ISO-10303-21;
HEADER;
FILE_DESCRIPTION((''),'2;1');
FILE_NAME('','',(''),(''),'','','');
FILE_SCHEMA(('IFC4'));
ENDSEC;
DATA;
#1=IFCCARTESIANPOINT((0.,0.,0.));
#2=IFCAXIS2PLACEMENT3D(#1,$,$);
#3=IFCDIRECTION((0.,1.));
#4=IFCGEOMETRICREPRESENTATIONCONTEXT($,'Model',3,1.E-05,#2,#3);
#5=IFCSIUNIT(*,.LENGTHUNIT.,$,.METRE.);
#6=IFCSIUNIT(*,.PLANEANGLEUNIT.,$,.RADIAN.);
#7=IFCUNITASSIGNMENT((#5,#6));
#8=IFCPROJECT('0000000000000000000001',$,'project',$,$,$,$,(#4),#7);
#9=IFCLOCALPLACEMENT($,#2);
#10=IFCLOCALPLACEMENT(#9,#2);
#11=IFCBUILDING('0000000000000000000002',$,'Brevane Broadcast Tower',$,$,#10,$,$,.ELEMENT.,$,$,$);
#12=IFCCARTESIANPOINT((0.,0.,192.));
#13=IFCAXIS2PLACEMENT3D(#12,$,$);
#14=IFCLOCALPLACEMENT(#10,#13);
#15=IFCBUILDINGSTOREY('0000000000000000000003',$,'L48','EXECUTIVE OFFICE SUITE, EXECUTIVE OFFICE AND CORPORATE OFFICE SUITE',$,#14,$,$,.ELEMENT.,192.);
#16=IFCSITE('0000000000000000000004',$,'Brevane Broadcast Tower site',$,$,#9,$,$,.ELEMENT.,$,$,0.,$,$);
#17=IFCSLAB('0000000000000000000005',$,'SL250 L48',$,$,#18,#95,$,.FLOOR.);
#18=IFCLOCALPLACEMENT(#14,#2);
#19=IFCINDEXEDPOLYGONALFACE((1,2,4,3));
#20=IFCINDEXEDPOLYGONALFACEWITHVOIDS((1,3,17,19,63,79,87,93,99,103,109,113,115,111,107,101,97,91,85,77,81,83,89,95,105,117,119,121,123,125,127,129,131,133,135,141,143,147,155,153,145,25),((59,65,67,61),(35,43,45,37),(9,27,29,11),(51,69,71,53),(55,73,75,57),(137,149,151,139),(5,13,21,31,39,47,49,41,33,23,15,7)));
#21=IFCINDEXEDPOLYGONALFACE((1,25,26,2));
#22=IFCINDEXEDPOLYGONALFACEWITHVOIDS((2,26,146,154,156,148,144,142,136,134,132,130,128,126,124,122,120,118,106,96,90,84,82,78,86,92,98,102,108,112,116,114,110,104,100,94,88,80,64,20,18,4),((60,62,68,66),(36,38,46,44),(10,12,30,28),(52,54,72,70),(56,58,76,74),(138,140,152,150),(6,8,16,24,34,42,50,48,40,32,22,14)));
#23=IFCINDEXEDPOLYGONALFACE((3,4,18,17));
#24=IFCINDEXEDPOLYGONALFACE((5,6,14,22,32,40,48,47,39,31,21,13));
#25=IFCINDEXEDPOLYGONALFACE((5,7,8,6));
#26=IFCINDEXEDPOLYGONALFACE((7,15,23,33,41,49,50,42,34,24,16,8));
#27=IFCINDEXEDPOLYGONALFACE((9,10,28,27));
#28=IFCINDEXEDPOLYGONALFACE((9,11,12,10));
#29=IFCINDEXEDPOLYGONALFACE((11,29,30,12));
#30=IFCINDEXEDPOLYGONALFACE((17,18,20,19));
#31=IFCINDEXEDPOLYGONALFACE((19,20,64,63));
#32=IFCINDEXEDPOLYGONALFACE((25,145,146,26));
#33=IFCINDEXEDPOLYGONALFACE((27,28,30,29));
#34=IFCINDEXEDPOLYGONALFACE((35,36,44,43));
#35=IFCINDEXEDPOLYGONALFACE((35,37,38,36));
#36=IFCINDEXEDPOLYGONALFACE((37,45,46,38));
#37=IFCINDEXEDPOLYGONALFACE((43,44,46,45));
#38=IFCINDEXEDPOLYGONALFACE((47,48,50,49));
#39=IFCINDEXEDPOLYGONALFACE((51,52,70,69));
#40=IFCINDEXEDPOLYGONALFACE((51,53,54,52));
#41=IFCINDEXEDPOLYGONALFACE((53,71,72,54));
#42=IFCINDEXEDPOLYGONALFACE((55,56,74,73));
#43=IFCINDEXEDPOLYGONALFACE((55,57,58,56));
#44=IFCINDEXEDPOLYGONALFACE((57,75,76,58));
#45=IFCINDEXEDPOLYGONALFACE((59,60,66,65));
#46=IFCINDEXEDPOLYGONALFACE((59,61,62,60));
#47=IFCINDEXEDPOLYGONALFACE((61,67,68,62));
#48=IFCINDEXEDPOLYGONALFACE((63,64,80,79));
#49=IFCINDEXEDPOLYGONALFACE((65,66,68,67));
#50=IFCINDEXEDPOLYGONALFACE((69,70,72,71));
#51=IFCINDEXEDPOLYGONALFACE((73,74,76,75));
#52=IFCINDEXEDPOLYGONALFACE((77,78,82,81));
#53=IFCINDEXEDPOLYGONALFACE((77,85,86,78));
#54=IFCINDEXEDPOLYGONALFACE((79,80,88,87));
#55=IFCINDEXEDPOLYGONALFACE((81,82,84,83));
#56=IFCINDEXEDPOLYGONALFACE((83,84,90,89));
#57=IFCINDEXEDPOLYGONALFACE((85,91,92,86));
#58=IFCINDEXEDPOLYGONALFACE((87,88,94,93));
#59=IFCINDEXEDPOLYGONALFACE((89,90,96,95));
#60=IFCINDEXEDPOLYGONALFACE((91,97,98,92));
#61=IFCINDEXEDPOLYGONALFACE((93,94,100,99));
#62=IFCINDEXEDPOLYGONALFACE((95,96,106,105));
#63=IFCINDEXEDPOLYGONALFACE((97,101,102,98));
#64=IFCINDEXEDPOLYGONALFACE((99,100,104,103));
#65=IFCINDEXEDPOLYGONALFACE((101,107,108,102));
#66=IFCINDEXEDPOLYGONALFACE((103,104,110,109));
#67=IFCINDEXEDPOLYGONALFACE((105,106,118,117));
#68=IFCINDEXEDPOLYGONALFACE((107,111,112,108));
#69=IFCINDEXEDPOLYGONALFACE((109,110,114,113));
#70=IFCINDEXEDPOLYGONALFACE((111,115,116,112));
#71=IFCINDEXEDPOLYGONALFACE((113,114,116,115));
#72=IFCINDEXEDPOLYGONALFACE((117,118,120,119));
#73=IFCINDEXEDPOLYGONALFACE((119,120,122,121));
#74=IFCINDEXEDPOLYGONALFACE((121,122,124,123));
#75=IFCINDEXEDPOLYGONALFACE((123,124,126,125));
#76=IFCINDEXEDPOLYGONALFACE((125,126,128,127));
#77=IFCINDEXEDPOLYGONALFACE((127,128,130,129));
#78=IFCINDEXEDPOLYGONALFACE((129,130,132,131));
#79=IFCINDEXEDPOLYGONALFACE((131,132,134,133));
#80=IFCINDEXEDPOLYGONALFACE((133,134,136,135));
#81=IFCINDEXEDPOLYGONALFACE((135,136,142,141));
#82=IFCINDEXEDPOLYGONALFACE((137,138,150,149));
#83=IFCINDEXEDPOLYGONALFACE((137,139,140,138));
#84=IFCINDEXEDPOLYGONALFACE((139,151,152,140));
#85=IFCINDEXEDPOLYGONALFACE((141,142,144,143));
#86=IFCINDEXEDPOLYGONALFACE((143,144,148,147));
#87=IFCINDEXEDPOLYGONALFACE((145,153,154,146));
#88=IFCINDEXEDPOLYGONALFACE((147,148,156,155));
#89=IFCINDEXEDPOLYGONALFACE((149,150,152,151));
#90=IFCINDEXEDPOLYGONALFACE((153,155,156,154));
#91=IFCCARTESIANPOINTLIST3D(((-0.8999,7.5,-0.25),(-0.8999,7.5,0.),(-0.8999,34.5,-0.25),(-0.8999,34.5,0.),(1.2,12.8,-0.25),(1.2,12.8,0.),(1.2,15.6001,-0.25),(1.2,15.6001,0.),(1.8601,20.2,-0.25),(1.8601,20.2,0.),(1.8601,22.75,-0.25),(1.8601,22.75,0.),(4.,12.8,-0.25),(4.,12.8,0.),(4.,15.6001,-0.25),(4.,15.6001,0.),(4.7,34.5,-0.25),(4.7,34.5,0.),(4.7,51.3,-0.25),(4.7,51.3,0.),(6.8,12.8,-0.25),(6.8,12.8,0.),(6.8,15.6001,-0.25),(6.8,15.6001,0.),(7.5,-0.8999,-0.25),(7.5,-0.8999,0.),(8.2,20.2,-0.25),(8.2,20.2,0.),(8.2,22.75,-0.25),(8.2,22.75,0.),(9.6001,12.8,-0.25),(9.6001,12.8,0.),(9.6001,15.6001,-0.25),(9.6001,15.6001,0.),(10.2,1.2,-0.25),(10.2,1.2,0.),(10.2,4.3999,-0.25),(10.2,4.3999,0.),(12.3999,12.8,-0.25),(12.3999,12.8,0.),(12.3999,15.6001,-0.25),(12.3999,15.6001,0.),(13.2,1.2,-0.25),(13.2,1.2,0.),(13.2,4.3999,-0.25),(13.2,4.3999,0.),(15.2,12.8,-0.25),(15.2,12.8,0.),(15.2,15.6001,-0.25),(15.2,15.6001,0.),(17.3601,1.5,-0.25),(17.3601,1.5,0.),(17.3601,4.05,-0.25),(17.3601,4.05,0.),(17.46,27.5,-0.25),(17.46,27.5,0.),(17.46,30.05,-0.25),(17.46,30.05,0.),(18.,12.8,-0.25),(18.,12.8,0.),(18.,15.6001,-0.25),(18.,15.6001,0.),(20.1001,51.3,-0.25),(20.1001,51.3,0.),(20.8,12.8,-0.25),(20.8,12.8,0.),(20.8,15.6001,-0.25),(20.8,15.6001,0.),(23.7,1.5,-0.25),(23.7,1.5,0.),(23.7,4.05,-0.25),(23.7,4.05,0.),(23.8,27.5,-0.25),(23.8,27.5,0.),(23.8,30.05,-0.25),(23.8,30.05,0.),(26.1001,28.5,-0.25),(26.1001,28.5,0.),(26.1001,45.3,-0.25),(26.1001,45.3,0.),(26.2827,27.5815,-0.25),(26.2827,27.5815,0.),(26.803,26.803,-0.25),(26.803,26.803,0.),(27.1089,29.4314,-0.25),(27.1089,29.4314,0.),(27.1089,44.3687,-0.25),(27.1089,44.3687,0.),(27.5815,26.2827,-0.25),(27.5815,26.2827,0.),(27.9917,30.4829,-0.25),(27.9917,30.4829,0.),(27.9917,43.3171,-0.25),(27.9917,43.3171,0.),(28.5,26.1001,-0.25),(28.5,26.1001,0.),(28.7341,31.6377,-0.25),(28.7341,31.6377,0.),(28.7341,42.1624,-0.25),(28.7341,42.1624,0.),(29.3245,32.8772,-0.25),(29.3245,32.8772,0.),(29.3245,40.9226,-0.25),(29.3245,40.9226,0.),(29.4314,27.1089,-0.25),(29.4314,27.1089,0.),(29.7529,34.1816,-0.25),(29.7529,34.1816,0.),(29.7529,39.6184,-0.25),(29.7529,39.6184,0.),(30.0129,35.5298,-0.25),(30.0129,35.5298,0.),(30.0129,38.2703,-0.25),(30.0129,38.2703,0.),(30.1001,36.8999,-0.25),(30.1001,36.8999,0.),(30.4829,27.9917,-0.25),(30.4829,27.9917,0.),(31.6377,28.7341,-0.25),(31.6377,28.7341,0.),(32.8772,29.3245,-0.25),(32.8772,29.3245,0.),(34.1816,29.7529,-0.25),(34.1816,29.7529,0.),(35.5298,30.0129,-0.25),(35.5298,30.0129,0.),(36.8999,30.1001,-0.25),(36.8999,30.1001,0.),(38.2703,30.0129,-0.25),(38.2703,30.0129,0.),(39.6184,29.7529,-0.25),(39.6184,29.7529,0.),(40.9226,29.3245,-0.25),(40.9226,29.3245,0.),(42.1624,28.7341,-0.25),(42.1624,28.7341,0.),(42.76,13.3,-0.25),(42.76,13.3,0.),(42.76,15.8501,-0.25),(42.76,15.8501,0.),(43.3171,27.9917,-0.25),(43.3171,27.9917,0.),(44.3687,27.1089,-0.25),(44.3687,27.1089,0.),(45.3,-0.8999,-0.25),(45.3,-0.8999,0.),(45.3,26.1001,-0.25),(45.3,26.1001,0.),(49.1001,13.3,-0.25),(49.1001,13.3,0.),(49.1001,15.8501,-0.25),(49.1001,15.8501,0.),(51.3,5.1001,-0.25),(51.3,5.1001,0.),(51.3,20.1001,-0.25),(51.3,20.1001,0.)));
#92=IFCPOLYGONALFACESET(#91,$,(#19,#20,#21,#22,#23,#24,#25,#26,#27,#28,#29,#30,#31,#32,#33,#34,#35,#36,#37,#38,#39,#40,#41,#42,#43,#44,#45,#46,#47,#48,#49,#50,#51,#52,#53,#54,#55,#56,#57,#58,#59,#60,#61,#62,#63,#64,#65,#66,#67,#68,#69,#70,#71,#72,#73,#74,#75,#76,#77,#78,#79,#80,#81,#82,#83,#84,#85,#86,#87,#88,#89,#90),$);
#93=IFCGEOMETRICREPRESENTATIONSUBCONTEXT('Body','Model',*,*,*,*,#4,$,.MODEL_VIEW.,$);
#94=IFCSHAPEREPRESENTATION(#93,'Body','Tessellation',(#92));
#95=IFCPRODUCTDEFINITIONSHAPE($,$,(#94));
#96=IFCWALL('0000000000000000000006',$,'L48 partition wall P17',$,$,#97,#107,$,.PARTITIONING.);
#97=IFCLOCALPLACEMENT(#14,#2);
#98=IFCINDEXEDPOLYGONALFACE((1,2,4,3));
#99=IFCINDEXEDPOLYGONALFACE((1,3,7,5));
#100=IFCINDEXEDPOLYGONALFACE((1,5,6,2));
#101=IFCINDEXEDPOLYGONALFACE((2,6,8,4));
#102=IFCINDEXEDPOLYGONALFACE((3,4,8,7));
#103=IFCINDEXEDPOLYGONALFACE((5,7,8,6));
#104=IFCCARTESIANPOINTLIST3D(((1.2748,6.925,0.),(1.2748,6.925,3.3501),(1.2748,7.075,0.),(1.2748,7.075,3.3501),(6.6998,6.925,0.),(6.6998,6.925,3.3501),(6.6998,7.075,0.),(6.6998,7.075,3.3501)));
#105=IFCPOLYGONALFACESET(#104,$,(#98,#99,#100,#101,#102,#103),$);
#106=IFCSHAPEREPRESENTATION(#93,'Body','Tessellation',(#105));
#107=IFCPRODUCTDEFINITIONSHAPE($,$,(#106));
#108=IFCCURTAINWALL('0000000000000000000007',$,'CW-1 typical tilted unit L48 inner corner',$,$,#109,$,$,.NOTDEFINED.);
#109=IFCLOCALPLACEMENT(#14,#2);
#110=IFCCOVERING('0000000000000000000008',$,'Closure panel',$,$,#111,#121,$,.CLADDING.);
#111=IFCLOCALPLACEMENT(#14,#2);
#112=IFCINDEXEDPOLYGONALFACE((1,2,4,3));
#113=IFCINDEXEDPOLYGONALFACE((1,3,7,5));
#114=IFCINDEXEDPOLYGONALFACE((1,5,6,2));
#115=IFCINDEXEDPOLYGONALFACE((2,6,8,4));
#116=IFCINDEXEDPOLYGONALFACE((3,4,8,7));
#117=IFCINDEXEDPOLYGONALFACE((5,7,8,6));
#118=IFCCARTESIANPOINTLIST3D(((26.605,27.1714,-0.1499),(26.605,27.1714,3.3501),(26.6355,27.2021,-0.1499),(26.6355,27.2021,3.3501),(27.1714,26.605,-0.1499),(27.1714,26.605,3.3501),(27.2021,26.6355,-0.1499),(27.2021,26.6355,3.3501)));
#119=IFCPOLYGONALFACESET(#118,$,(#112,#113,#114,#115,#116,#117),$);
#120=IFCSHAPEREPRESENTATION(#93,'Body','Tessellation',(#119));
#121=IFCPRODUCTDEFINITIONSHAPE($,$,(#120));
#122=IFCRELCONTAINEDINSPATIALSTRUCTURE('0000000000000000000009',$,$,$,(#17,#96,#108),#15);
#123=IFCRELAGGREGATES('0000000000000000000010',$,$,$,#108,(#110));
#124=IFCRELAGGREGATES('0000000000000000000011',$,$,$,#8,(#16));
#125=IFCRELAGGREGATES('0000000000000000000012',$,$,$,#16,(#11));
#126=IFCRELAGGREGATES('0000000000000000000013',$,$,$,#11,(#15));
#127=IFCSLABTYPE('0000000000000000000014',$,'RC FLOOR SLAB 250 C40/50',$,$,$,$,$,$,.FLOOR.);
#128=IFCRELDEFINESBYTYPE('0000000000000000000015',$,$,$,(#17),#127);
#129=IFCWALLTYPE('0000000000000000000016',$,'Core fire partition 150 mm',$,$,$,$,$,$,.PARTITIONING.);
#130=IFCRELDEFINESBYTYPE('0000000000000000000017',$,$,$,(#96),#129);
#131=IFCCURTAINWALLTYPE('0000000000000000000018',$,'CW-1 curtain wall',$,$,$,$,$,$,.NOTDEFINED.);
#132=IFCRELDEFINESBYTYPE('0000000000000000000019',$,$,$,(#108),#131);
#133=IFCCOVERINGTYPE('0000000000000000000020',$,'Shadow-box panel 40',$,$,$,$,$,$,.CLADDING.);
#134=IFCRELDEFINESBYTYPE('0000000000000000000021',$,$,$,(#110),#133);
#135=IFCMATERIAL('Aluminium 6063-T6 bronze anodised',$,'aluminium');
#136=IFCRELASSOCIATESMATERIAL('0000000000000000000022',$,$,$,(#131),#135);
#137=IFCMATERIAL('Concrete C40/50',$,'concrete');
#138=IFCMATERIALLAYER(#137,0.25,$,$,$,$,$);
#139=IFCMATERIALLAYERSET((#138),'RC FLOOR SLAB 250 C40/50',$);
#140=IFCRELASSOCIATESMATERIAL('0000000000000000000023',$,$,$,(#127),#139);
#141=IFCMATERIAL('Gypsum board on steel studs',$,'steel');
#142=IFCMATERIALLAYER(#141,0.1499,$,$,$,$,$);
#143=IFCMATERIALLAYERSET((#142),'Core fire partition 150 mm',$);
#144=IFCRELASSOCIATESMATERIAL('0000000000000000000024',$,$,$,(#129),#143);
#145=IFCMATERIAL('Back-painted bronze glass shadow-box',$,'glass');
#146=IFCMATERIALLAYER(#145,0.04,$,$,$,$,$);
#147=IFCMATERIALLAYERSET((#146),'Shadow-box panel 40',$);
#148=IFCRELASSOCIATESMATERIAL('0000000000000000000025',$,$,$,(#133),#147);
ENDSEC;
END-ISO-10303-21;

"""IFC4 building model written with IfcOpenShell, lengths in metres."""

from ifc_helpers import new_model, si_unit, direction, frame, frame_2d, origin, place, context, subcontext, project, spatial, polyline, rectangle, outline, extrude, material, layer, layer_set, type_object, element, aggregate, save


model = new_model("IFC4")

# Units and contexts
model_context = context("Model", 3, precision=1e-05, world=origin(), true_north=direction((0.0, 1.0)))
body_context = subcontext(model_context, "Body", "Model", "MODEL_VIEW")
ifc_project = project(units=[si_unit("LENGTHUNIT", "METRE"), si_unit("PLANEANGLEUNIT", "RADIAN")], contexts=[model_context])

# Site, building, storey
site_placement = place(None, origin())
site = spatial("IfcSite", under=ifc_project, at=site_placement, Name="Brevane Broadcast Tower site", CompositionType="ELEMENT", RefElevation=0.0)
building_placement = place(site_placement, origin())
building = spatial("IfcBuilding", under=site, at=building_placement, Name="Brevane Broadcast Tower", CompositionType="ELEMENT")
storey_placement = place(building_placement, frame((0.0, 0.0, 192.0)))
storey = spatial("IfcBuildingStorey", under=building, at=storey_placement, Name="L48", Description="EXECUTIVE OFFICE SUITE, EXECUTIVE OFFICE AND CORPORATE OFFICE SUITE", CompositionType="ELEMENT", Elevation=192.0)

# Shared definitions
ifc_material_1 = material(Name="Aluminium 6063-T6 bronze anodised", Category="aluminium")
curtain_wall_type = type_object("IfcCurtainWallType", Name="CW-1 curtain wall", PredefinedType="NOTDEFINED", material=ifc_material_1)

# Slab
ifc_material_2 = material(Name="Concrete C40/50", Category="concrete")
ifc_layer_1 = layer(ifc_material_2, 0.25)
ifc_layer_set_1 = layer_set([ifc_layer_1], Name="RC FLOOR SLAB 250 C40/50")
slab_type_1 = type_object("IfcSlabType", Name="RC FLOOR SLAB 250 C40/50", PredefinedType="FLOOR", material=ifc_layer_set_1)
slab_1_placement = place(storey_placement, frame((0.0, 0.0, -0.25)))
element("IfcSlab", 1, at=slab_1_placement, inside=storey, type_object=slab_type_1, Name="SL250 L48", PredefinedType="FLOOR", context=body_context, shape_type="SweptSolid", body=[
    extrude(outline(polyline([(-0.8999, 7.5), (-0.8999, 34.5), (4.7, 34.5), (4.7, 51.3), (20.1001, 51.3), (26.1001, 45.3), (27.1089, 44.3687), (27.9917, 43.3171), (28.7341, 42.1624), (29.3245, 40.9226), (29.7529, 39.6184), (30.0129, 38.2703), (30.1001, 36.8999), (30.0129, 35.5298), (29.7529, 34.1816), (29.3245, 32.8772), (28.7341, 31.6377), (27.9917, 30.4829), (27.1089, 29.4314), (26.1001, 28.5), (26.2827, 27.5815), (26.803, 26.803), (27.5815, 26.2827), (28.5, 26.1001), (29.4314, 27.1089), (30.4829, 27.9917), (31.6377, 28.7341), (32.8772, 29.3245), (34.1816, 29.7529), (35.5298, 30.0129), (36.8999, 30.1001), (38.2703, 30.0129), (39.6184, 29.7529), (40.9226, 29.3245), (42.1624, 28.7341), (43.3171, 27.9917), (44.3687, 27.1089), (45.3, 26.1001), (51.3, 20.1001), (51.3, 5.1001), (45.3, -0.8999), (7.5, -0.8999), (-0.8999, 7.5)]), holes=[polyline([(13.2, 4.3999), (10.2, 4.3999), (10.2, 1.2), (13.2, 1.2), (13.2, 4.3999)]), polyline([(4.0, 15.6001), (1.2, 15.6001), (1.2, 12.8), (4.0, 12.8), (6.8, 12.8), (9.6001, 12.8), (12.3999, 12.8), (15.2, 12.8), (15.2, 15.6001), (12.3999, 15.6001), (9.6001, 15.6001), (6.8, 15.6001), (4.0, 15.6001)]), polyline([(1.8601, 22.75), (1.8601, 20.2), (8.2, 20.2), (8.2, 22.75), (1.8601, 22.75)]), polyline([(23.7, 4.05), (17.3601, 4.05), (17.3601, 1.5), (23.7, 1.5), (23.7, 4.05)]), polyline([(20.8, 15.6001), (18.0, 15.6001), (18.0, 12.8), (20.8, 12.8), (20.8, 15.6001)]), polyline([(49.1001, 15.8501), (42.76, 15.8501), (42.76, 13.3), (49.1001, 13.3), (49.1001, 15.8501)]), polyline([(23.8, 30.05), (17.46, 30.05), (17.46, 27.5), (23.8, 27.5), (23.8, 30.05)])]), origin(), (0.0, 0.0, 1.0), 0.25),
])

# Wall
ifc_material_3 = material(Name="Gypsum board on steel studs", Category="steel")
ifc_layer_2 = layer(ifc_material_3, 0.1499)
ifc_layer_set_2 = layer_set([ifc_layer_2], Name="Core fire partition 150 mm")
wall_type = type_object("IfcWallType", Name="Core fire partition 150 mm", PredefinedType="PARTITIONING", material=ifc_layer_set_2)
wall_placement = place(storey_placement, frame((1.2749, 7.0, 0.0), z_axis=(0.0, 0.0, 1.0), x_axis=(1.0, 0.0, 0.0)))
element("IfcWall", 2, at=wall_placement, inside=storey, type_object=wall_type, Name="L48 partition wall P17", PredefinedType="PARTITIONING", context=body_context, shape_type="SweptSolid", body=[
    extrude(rectangle(XDim=5.425, YDim=0.1499, at=frame_2d((2.7124, 0.0))), origin(), (0.0, 0.0, 1.0), 3.3501),
])

# Curtain wall, covering
curtain_wall_1_placement = place(storey_placement, origin())
curtain_wall_1 = element("IfcCurtainWall", 3, at=curtain_wall_1_placement, inside=storey, type_object=curtain_wall_type, Name="CW-1 typical tilted unit L48 inner corner", PredefinedType="NOTDEFINED")
ifc_material_4 = material(Name="Back-painted bronze glass shadow-box", Category="glass")
ifc_layer_3 = layer(ifc_material_4, 0.04)
ifc_layer_set_3 = layer_set([ifc_layer_3], Name="Shadow-box panel 40")
covering_type = type_object("IfcCoveringType", Name="Shadow-box panel 40", PredefinedType="CLADDING", material=ifc_layer_set_3)
covering_placement = place(storey_placement, frame((0.0, 0.0, -0.1499)))
covering = element("IfcCovering", 4, at=covering_placement, type_object=covering_type, Name="Closure panel", PredefinedType="CLADDING", context=body_context, shape_type="SweptSolid", body=[
    extrude(outline(polyline([(27.1714, 26.605), (27.2021, 26.6355), (26.6355, 27.2021), (26.605, 27.1714), (27.1714, 26.605)])), origin(), (0.0, 0.0, 1.0), 3.5),
])
aggregate(curtain_wall_1, [covering])

save(model, "model.ifc")
